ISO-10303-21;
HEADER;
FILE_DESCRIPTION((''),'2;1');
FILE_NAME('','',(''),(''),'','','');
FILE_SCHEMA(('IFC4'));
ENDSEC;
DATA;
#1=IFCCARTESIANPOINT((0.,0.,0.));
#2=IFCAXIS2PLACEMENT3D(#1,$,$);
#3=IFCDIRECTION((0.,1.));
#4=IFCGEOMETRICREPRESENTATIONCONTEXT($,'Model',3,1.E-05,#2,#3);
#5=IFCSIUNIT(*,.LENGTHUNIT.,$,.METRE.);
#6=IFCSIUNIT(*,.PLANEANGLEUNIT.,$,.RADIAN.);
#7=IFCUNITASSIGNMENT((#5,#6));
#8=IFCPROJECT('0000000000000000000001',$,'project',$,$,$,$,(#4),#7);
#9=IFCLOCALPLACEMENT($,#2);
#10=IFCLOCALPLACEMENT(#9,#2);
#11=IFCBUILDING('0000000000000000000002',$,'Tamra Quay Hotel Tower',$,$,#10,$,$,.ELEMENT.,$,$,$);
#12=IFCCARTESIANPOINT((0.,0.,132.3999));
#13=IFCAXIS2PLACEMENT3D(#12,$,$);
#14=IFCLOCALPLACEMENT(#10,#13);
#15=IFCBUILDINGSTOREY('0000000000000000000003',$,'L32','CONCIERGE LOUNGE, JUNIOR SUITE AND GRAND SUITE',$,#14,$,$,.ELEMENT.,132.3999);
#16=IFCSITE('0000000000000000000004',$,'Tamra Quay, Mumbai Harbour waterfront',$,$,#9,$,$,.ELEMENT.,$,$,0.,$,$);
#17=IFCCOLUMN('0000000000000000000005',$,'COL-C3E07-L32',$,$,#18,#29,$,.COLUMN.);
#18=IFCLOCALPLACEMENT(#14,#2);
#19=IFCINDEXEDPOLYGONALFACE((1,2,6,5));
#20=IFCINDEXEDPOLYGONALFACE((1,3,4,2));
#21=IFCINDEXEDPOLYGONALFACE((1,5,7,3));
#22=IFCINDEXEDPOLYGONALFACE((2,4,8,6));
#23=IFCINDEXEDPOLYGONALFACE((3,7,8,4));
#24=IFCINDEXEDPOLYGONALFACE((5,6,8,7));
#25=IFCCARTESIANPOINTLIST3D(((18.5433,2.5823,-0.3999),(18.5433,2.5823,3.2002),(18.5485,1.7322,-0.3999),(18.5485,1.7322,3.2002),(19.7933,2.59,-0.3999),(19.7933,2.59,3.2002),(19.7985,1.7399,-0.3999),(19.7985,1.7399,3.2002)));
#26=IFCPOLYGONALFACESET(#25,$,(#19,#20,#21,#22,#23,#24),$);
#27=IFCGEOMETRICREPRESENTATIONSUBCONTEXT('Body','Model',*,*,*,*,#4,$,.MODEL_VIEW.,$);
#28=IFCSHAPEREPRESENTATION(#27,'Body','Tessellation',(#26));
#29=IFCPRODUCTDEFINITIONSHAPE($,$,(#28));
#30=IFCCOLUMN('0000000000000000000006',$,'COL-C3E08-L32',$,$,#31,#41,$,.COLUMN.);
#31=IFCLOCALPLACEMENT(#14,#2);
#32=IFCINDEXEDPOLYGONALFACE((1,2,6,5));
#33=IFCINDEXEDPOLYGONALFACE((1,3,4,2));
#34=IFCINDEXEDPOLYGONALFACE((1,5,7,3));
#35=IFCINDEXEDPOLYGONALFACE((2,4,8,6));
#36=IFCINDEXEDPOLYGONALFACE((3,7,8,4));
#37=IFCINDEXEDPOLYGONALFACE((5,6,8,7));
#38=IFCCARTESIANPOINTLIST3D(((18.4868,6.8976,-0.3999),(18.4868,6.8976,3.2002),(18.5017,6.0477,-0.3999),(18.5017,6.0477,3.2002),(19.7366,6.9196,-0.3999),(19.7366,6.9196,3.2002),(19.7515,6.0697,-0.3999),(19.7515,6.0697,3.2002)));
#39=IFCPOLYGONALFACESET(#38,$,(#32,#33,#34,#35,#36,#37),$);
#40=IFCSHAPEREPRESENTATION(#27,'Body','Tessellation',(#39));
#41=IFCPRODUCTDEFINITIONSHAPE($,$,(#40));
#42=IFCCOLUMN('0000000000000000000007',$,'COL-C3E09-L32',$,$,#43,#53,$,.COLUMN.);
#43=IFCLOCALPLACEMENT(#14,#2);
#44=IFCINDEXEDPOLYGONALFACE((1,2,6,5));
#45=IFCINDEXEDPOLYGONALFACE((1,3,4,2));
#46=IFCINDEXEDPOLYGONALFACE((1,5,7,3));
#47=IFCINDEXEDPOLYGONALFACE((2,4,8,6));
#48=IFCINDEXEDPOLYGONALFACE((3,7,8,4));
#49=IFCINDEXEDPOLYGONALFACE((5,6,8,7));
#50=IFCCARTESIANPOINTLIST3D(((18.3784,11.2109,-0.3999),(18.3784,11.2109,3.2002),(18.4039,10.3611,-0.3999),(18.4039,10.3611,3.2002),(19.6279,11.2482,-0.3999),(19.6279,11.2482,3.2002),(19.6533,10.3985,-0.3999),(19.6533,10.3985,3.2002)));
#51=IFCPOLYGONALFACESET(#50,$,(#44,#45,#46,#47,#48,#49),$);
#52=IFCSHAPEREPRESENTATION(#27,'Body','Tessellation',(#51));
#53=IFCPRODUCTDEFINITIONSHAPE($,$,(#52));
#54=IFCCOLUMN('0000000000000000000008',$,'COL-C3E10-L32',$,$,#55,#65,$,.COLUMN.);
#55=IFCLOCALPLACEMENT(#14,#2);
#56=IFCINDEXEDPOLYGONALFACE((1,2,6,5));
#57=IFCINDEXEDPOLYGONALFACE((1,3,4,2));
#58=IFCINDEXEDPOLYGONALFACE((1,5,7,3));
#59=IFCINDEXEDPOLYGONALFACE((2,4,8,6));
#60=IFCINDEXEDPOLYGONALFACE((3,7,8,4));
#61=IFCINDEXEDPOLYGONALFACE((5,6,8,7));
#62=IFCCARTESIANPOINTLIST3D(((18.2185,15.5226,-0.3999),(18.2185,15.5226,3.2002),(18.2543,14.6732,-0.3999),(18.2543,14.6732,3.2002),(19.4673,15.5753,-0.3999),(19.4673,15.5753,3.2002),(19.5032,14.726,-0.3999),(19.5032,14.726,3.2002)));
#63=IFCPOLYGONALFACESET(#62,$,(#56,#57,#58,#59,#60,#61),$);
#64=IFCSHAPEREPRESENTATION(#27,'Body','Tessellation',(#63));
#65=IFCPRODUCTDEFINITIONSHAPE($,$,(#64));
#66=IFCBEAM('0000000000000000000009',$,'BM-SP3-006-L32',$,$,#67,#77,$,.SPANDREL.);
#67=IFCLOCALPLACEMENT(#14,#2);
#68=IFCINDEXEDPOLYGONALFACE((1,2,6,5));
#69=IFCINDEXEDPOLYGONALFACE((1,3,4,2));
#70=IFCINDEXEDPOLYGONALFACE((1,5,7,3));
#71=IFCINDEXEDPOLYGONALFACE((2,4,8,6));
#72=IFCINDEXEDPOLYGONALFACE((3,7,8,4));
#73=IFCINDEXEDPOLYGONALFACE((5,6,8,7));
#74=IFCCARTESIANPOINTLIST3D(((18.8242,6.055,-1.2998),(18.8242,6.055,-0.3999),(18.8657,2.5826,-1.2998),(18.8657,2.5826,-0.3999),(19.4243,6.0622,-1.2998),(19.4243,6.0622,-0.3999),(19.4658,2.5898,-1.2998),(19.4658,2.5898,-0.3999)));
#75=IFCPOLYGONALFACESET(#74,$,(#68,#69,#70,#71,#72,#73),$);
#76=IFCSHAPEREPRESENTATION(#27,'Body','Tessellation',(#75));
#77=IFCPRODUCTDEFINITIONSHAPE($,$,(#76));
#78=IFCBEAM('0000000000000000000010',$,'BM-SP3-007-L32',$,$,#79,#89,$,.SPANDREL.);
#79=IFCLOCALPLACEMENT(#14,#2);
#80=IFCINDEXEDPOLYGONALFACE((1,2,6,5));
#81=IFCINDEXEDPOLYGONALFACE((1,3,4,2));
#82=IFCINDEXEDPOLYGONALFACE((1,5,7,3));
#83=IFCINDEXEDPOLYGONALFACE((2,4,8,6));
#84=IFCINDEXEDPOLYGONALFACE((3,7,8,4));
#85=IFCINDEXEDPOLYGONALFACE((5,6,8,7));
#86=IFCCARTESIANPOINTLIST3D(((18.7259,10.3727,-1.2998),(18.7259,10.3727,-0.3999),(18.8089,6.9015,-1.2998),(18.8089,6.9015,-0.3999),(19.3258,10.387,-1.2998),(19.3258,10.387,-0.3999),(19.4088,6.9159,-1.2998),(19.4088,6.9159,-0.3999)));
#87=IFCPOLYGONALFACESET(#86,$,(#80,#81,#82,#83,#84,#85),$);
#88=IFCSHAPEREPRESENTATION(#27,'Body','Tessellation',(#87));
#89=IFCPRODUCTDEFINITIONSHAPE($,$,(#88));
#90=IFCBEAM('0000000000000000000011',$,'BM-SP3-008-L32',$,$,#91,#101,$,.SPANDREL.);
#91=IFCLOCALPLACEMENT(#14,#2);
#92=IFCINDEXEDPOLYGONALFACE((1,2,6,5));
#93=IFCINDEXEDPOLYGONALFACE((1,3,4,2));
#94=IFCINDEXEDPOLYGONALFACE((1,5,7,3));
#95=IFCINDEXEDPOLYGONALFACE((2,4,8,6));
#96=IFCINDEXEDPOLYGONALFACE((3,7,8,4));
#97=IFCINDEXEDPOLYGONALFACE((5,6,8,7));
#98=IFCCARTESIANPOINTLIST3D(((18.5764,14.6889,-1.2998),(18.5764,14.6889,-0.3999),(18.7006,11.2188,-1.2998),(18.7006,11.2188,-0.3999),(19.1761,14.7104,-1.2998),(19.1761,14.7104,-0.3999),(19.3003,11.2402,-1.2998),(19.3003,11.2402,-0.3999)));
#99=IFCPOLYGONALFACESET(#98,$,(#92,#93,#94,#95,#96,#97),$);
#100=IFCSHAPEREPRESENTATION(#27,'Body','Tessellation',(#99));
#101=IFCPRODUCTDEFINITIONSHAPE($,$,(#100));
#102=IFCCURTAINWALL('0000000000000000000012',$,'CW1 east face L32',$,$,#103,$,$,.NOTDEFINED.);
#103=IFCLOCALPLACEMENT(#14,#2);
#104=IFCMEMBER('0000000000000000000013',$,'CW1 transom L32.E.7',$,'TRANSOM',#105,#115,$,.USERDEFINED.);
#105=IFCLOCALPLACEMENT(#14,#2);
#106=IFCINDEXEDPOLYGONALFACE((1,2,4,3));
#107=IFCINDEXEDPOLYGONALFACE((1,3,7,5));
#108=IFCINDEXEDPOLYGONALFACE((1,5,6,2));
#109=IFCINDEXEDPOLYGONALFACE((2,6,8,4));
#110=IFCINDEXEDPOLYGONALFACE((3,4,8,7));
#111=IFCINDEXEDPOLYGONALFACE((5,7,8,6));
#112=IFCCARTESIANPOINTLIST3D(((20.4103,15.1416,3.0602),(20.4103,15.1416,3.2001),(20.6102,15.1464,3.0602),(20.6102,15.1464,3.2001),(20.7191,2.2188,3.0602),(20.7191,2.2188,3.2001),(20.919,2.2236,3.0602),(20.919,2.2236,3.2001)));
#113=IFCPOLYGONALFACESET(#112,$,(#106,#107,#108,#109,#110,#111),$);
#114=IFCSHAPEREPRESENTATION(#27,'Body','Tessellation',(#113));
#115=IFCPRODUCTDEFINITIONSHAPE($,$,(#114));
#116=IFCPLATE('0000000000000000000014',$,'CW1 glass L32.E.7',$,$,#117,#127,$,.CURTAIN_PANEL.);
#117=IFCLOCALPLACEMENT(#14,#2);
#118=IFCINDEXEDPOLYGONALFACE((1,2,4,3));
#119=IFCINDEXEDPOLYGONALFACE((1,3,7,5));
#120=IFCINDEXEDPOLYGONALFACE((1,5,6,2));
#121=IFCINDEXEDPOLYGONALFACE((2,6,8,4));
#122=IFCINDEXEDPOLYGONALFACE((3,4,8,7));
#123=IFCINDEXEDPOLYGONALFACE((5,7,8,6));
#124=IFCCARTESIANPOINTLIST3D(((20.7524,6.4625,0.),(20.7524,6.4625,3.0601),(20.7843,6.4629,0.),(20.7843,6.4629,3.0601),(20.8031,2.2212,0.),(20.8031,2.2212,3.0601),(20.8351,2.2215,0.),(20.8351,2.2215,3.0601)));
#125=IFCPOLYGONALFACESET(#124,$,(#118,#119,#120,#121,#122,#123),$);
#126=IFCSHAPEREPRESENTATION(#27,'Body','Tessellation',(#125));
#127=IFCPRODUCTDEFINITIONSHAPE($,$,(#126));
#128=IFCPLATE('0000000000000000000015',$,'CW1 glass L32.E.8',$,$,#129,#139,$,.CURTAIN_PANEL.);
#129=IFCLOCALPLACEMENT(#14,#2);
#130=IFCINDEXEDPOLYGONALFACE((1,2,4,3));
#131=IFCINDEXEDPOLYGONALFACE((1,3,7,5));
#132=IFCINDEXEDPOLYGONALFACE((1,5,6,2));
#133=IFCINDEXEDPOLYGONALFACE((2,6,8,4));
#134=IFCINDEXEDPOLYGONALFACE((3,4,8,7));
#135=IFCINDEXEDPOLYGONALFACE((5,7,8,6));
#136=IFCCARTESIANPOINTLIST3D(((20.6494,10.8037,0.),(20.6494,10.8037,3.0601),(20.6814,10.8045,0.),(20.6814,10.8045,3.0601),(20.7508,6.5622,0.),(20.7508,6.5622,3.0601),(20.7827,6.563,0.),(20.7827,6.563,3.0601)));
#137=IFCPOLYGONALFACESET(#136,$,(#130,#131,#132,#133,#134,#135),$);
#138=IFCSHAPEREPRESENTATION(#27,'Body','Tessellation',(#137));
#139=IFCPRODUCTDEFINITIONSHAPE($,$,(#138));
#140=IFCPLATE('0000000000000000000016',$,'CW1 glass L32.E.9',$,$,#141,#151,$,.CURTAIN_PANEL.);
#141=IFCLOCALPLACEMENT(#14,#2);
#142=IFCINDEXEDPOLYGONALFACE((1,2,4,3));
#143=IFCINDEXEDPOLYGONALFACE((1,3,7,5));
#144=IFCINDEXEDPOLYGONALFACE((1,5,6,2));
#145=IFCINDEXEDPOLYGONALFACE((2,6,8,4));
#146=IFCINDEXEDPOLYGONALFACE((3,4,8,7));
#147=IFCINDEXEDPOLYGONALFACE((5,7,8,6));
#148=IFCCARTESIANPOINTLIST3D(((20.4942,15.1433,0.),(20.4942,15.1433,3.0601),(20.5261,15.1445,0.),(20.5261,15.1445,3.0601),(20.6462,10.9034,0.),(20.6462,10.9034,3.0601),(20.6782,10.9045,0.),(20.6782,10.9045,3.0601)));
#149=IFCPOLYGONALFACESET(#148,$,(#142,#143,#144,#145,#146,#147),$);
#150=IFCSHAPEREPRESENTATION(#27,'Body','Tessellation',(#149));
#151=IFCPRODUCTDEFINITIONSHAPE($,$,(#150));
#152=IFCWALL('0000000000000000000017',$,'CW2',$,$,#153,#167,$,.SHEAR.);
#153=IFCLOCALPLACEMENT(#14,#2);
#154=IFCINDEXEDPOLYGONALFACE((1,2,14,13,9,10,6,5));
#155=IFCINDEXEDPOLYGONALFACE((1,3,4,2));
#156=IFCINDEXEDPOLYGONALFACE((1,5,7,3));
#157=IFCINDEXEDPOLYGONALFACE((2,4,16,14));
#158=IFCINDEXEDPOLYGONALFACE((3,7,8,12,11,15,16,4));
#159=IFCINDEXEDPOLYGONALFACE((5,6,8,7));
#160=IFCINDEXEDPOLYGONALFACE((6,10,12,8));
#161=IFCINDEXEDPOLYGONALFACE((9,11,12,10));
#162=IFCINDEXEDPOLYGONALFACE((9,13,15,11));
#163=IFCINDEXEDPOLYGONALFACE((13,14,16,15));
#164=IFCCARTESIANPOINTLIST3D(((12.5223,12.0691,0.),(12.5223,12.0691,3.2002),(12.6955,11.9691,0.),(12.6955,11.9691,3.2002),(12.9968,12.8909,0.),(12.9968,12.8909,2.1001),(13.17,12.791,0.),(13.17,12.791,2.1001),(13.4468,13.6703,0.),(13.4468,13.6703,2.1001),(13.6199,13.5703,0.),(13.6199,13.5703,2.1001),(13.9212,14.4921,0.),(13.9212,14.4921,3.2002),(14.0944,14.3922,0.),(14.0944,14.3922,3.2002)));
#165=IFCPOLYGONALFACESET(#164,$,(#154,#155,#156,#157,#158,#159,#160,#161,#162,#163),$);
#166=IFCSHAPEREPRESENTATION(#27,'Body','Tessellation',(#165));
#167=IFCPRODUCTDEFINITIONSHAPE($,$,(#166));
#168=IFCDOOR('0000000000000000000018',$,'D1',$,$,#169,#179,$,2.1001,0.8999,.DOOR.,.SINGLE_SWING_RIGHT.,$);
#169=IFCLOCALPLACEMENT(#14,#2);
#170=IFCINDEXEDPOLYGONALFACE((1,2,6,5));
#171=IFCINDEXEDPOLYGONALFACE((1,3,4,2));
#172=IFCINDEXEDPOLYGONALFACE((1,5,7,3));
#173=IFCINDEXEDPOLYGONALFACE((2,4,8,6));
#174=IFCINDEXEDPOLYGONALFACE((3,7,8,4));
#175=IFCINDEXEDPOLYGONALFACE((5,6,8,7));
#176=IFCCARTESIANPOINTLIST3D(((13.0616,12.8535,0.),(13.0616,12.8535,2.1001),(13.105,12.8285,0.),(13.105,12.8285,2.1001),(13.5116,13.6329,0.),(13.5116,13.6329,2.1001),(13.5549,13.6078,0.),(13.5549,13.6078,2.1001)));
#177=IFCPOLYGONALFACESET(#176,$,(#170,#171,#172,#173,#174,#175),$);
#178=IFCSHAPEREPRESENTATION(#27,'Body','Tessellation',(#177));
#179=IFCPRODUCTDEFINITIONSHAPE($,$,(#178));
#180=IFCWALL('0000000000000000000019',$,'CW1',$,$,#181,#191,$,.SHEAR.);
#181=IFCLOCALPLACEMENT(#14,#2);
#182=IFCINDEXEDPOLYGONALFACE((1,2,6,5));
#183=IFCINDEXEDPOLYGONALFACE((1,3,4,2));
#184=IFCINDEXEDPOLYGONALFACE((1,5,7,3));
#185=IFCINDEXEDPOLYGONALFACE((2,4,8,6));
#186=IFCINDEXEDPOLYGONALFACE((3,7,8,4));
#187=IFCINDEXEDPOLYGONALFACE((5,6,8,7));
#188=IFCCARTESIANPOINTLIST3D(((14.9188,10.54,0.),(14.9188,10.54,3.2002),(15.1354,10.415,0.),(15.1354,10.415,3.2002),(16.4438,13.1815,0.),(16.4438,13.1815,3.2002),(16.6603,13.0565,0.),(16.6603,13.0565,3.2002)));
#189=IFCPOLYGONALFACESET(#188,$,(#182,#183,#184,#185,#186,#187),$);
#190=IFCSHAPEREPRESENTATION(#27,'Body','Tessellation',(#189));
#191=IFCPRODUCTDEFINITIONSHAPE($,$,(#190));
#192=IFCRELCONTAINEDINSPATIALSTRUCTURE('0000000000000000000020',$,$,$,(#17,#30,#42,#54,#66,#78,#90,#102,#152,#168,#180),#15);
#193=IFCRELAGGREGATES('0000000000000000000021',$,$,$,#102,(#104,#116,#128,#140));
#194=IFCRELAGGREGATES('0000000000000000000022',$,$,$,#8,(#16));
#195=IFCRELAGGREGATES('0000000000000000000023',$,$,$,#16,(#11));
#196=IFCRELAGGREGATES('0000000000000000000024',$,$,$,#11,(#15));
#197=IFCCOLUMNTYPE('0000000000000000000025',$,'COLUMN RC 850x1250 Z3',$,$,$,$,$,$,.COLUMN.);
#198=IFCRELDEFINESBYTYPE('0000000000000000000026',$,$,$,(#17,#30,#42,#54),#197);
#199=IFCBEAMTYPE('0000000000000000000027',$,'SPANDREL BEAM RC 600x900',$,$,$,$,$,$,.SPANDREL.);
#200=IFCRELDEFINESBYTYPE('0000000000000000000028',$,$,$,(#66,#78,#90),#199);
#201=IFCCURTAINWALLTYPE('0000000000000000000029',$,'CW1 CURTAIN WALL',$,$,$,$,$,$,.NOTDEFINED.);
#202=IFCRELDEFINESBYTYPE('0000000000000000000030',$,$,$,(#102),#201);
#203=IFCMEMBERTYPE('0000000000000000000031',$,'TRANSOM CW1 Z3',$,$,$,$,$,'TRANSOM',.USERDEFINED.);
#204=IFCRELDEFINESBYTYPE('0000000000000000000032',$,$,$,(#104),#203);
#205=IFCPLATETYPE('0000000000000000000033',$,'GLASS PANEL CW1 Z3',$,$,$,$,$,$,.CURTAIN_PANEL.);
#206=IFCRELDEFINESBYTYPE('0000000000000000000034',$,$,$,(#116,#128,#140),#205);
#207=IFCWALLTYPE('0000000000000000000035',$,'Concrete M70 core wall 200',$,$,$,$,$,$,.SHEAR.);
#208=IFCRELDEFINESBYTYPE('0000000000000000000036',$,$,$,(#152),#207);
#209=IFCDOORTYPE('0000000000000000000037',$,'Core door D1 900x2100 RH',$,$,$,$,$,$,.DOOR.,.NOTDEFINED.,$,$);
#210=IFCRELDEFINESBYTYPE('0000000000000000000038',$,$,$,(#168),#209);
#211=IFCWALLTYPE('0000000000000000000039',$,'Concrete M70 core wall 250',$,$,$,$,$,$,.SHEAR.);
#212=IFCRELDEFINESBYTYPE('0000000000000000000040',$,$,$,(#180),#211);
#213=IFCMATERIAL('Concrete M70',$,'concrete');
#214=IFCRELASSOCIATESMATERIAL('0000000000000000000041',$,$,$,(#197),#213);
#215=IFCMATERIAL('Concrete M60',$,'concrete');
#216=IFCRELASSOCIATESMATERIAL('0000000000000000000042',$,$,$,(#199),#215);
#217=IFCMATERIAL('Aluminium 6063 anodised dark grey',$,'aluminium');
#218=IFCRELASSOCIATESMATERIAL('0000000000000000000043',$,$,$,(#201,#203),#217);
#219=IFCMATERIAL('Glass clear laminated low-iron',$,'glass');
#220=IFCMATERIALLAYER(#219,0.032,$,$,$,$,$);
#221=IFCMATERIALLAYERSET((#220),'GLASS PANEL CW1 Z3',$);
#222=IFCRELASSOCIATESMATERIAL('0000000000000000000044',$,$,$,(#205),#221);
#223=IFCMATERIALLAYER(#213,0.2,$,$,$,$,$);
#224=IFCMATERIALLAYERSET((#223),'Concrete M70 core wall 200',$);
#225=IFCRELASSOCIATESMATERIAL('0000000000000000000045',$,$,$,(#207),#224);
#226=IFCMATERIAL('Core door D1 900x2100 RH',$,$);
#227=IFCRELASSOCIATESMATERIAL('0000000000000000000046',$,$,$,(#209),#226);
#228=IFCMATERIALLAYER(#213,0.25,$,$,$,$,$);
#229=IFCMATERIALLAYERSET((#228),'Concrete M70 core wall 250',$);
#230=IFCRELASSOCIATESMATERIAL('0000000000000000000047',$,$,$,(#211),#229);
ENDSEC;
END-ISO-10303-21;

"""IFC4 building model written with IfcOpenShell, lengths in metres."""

from ifc_helpers import new_model, si_unit, direction, frame, frame_2d, origin, origin_2d, place, context, subcontext, project, spatial, rectangle, extrude, material, layer, layer_set, material_profile, profile_set, type_object, element, fill, aggregate, save


model = new_model("IFC4")

# Units and contexts
model_context = context("Model", 3, precision=1e-05, world=origin(), true_north=direction((0.0, 1.0)))
body_context = subcontext(model_context, "Body", "Model", "MODEL_VIEW")
ifc_project = project(units=[si_unit("LENGTHUNIT", "METRE"), si_unit("PLANEANGLEUNIT", "RADIAN")], contexts=[model_context])

# Site, building, storey
site_placement = place(None, origin())
site = spatial("IfcSite", under=ifc_project, at=site_placement, Name="Tamra Quay, Mumbai Harbour waterfront", CompositionType="ELEMENT", RefElevation=0.0)
building_placement = place(site_placement, origin())
building = spatial("IfcBuilding", under=site, at=building_placement, Name="Tamra Quay Hotel Tower", CompositionType="ELEMENT")
storey_placement = place(building_placement, frame((0.0, 0.0, 132.3999)))
storey = spatial("IfcBuildingStorey", under=building, at=storey_placement, Name="L32", Description="CONCIERGE LOUNGE, JUNIOR SUITE AND GRAND SUITE", CompositionType="ELEMENT", Elevation=132.3999)

# Columns
ifc_material_1 = material(Name="Concrete M70", Category="concrete")
ifc_material_profile_1 = material_profile(ifc_material_1, rectangle(XDim=1.25, YDim=0.8501, at=origin_2d()), Name="COLUMN RC 850x1250 Z3")
ifc_profile_set_1 = profile_set([ifc_material_profile_1], Name="Concrete M70")
column_type = type_object("IfcColumnType", Name="COLUMN RC 850x1250 Z3", PredefinedType="COLUMN", material=ifc_profile_set_1)
for number, where, z_axis, x_axis, name in (
    (1, (19.1709, 2.1611, -0.3999), (0.0, 0.0, 1.0), (0.999981, 0.006159, 0.0), "COL-C3E07-L32"),
    (2, (19.1191, 6.4836, -0.3999), (0.0, 0.0, 1.0), (0.999845, 0.017597, 0.0), "COL-C3E08-L32"),
    (3, (19.0159, 10.8047, -0.3999), (0.0, 0.0, 1.0), (0.999553, 0.029907, 0.0), "COL-C3E09-L32"),
    (4, (18.8608, 15.1243, -0.3999), (0.0, 0.0, 1.0), (0.999109, 0.042202, 0.0), "COL-C3E10-L32"),
):
    element("IfcColumn", number, at=place(storey_placement, frame(where, z_axis=z_axis, x_axis=x_axis)), inside=storey, type_object=column_type, Name=name, PredefinedType="COLUMN", context=body_context, shape_type="SweptSolid", body=[
        extrude(rectangle(XDim=1.25, YDim=0.8501, at=origin_2d()), origin(), (0.0, 0.0, 1.0), 3.6001),
    ])

# Beams
ifc_material_2 = material(Name="Concrete M60", Category="concrete")
ifc_material_profile_2 = material_profile(ifc_material_2, rectangle(XDim=0.6001, YDim=0.8999, at=origin_2d()), Name="SPANDREL BEAM RC 600x900")
ifc_profile_set_2 = profile_set([ifc_material_profile_2], Name="Concrete M60")
beam_type = type_object("IfcBeamType", Name="SPANDREL BEAM RC 600x900", PredefinedType="SPANDREL", material=ifc_profile_set_2)
beam_1_placement = place(storey_placement, frame((19.1658, 2.5862, -0.8499), z_axis=(-0.011952, 0.999929, 0.0), x_axis=(-0.999929, -0.011952, 0.0)))
element("IfcBeam", 5, at=beam_1_placement, inside=storey, type_object=beam_type, Name="BM-SP3-006-L32", PredefinedType="SPANDREL", context=body_context, shape_type="SweptSolid", body=[
    extrude(rectangle(XDim=0.6001, YDim=0.8999, at=origin_2d()), origin(), (0.0, 0.0, 1.0), 3.4727),
])
beam_2_placement = place(storey_placement, frame((19.1089, 6.9087, -0.8499), z_axis=(-0.023907, 0.999714, 0.0), x_axis=(-0.999714, -0.023907, 0.0)))
element("IfcBeam", 6, at=beam_2_placement, inside=storey, type_object=beam_type, Name="BM-SP3-007-L32", PredefinedType="SPANDREL", context=body_context, shape_type="SweptSolid", body=[
    extrude(rectangle(XDim=0.6001, YDim=0.8999, at=origin_2d()), origin(), (0.0, 0.0, 1.0), 3.4722),
])
beam_3_placement = place(storey_placement, frame((19.0005, 11.2295, -0.8499), z_axis=(-0.035787, 0.999359, 0.0), x_axis=(-0.999359, -0.035787, 0.0)))
element("IfcBeam", 7, at=beam_3_placement, inside=storey, type_object=beam_type, Name="BM-SP3-008-L32", PredefinedType="SPANDREL", context=body_context, shape_type="SweptSolid", body=[
    extrude(rectangle(XDim=0.6001, YDim=0.8999, at=origin_2d()), origin(), (0.0, 0.0, 1.0), 3.4724),
])

# Curtain wall, member, plates
ifc_material_3 = material(Name="Aluminium 6063 anodised dark grey", Category="aluminium")
curtain_wall_type = type_object("IfcCurtainWallType", Name="CW1 CURTAIN WALL", PredefinedType="NOTDEFINED", material=ifc_material_3)
curtain_wall_placement = place(storey_placement, origin())
curtain_wall = element("IfcCurtainWall", 8, at=curtain_wall_placement, inside=storey, type_object=curtain_wall_type, Name="CW1 east face L32", PredefinedType="NOTDEFINED")
ifc_material_profile_3 = material_profile(ifc_material_3, rectangle(XDim=0.2, YDim=0.1399, at=origin_2d()), Name="TRANSOM 200X140")
ifc_profile_set_3 = profile_set([ifc_material_profile_3], Name="Aluminium 6063 anodised dark grey")
member_type = type_object("IfcMemberType", Name="TRANSOM CW1 Z3", ElementType="TRANSOM", PredefinedType="USERDEFINED", material=ifc_profile_set_3)
member_placement = place(storey_placement, frame((20.8191, 2.2212, 3.1301), z_axis=(-0.023892, 0.999715, 0.0), x_axis=(-0.999715, -0.023892, 0.0)))
member = element("IfcMember", 9, at=member_placement, type_object=member_type, Name="CW1 transom L32.E.7", ObjectType="TRANSOM", PredefinedType="USERDEFINED", context=body_context, shape_type="SweptSolid", body=[
    extrude(rectangle(XDim=0.2, YDim=0.1399, at=origin_2d()), origin(), (0.0, 0.0, 1.0), 12.9265),
])
ifc_material_4 = material(Name="Glass clear laminated low-iron", Category="glass")
ifc_layer_1 = layer(ifc_material_4, 0.032)
ifc_layer_set_1 = layer_set([ifc_layer_1], Name="GLASS PANEL CW1 Z3")
plate_type = type_object("IfcPlateType", Name="GLASS PANEL CW1 Z3", PredefinedType="CURTAIN_PANEL", material=ifc_layer_set_1)
plate_1_placement = place(storey_placement, frame((20.7937, 4.342, 0.0), z_axis=(0.0, 0.0, 1.0), x_axis=(-0.011957, 0.999929, 0.0)))
plate_1 = element("IfcPlate", 10, at=plate_1_placement, type_object=plate_type, Name="CW1 glass L32.E.7", PredefinedType="CURTAIN_PANEL", context=body_context, shape_type="SweptSolid", body=[
    extrude(rectangle(XDim=4.2417, YDim=0.032, at=origin_2d()), origin(), (0.0, 0.0, 1.0), 3.0601),
])
plate_2_placement = place(storey_placement, frame((20.7161, 8.6833, 0.0), z_axis=(0.0, 0.0, 1.0), x_axis=(-0.023896, 0.999714, 0.0)))
plate_2 = element("IfcPlate", 11, at=plate_2_placement, type_object=plate_type, Name="CW1 glass L32.E.8", PredefinedType="CURTAIN_PANEL", context=body_context, shape_type="SweptSolid", body=[
    extrude(rectangle(XDim=4.2427, YDim=0.032, at=origin_2d()), origin(), (0.0, 0.0, 1.0), 3.0601),
])
plate_3_placement = place(storey_placement, frame((20.5862, 13.0239, 0.0), z_axis=(0.0, 0.0, 1.0), x_axis=(-0.035845, 0.999357, 0.0)))
plate_3 = element("IfcPlate", 12, at=plate_3_placement, type_object=plate_type, Name="CW1 glass L32.E.9", PredefinedType="CURTAIN_PANEL", context=body_context, shape_type="SweptSolid", body=[
    extrude(rectangle(XDim=4.2427, YDim=0.032, at=origin_2d()), origin(), (0.0, 0.0, 1.0), 3.0601),
])
aggregate(curtain_wall, [member, plate_1, plate_2, plate_3])

# Wall, opening, door
ifc_layer_2 = layer(ifc_material_1, 0.2)
ifc_layer_set_2 = layer_set([ifc_layer_2], Name="Concrete M70 core wall 200")
wall_type_1 = type_object("IfcWallType", Name="Concrete M70 core wall 200", PredefinedType="SHEAR", material=ifc_layer_set_2)
wall_1_placement = place(storey_placement, frame((14.0078, 14.4421, 0.0), z_axis=(0.0, 0.0, 1.0), x_axis=(-0.499987, -0.866033, 0.0)))
wall_1 = element("IfcWall", 13, at=wall_1_placement, inside=storey, type_object=wall_type_1, Name="CW2", PredefinedType="SHEAR", context=body_context, shape_type="SweptSolid", body=[
    extrude(rectangle(XDim=2.7979, YDim=0.2, at=frame_2d((1.3989, 0.0))), origin(), (0.0, 0.0, 1.0), 3.2002),
])
opening_1_placement = place(wall_1_placement, frame((0.949, 0.0, 0.0)))
opening_1 = element("IfcOpeningElement", 14, at=opening_1_placement, cuts=wall_1, PredefinedType="OPENING", context=body_context, shape_type="SweptSolid", body=[
    extrude(rectangle(XDim=0.8999, YDim=2.1001, at=frame_2d((0.45, 1.05))), frame((0.0, 0.1099, 0.0), z_axis=(0.0, -1.0, 0.0), x_axis=(1.0, 0.0, 0.0)), (0.0, 0.0, 1.0), 0.22),
])
ifc_material_5 = material(Name="Core door D1 900x2100 RH")
door_type_1 = type_object("IfcDoorType", Name="Core door D1 900x2100 RH", OperationType="NOTDEFINED", PredefinedType="DOOR", material=ifc_material_5)
door_1_placement = place(opening_1_placement, origin())
door_1 = element("IfcDoor", 15, at=door_1_placement, inside=storey, type_object=door_type_1, Name="D1", OperationType="SINGLE_SWING_RIGHT", OverallHeight=2.1001, OverallWidth=0.8999, PredefinedType="DOOR", context=body_context, shape_type="SweptSolid", body=[
    extrude(rectangle(XDim=0.8999, YDim=2.1001, at=frame_2d((0.45, 1.05))), frame((0.0, 0.0249, 0.0), z_axis=(0.0, -1.0, 0.0), x_axis=(1.0, 0.0, 0.0)), (0.0, 0.0, 1.0), 0.05),
])
fill(opening_1, door_1)

# Wall
ifc_layer_3 = layer(ifc_material_1, 0.25)
ifc_layer_set_3 = layer_set([ifc_layer_3], Name="Concrete M70 core wall 250")
wall_type_2 = type_object("IfcWallType", Name="Concrete M70 core wall 250", PredefinedType="SHEAR", material=ifc_layer_set_3)
wall_2_placement = place(storey_placement, frame((16.552, 13.1189, 0.0), z_axis=(0.0, 0.0, 1.0), x_axis=(-0.499979, -0.866038, 0.0)))
element("IfcWall", 16, at=wall_2_placement, inside=storey, type_object=wall_type_2, Name="CW1", PredefinedType="SHEAR", context=body_context, shape_type="SweptSolid", body=[
    extrude(rectangle(XDim=3.05, YDim=0.25, at=frame_2d((1.5249, 0.0))), origin(), (0.0, 0.0, 1.0), 3.2002),
])

save(model, "model.ifc")
